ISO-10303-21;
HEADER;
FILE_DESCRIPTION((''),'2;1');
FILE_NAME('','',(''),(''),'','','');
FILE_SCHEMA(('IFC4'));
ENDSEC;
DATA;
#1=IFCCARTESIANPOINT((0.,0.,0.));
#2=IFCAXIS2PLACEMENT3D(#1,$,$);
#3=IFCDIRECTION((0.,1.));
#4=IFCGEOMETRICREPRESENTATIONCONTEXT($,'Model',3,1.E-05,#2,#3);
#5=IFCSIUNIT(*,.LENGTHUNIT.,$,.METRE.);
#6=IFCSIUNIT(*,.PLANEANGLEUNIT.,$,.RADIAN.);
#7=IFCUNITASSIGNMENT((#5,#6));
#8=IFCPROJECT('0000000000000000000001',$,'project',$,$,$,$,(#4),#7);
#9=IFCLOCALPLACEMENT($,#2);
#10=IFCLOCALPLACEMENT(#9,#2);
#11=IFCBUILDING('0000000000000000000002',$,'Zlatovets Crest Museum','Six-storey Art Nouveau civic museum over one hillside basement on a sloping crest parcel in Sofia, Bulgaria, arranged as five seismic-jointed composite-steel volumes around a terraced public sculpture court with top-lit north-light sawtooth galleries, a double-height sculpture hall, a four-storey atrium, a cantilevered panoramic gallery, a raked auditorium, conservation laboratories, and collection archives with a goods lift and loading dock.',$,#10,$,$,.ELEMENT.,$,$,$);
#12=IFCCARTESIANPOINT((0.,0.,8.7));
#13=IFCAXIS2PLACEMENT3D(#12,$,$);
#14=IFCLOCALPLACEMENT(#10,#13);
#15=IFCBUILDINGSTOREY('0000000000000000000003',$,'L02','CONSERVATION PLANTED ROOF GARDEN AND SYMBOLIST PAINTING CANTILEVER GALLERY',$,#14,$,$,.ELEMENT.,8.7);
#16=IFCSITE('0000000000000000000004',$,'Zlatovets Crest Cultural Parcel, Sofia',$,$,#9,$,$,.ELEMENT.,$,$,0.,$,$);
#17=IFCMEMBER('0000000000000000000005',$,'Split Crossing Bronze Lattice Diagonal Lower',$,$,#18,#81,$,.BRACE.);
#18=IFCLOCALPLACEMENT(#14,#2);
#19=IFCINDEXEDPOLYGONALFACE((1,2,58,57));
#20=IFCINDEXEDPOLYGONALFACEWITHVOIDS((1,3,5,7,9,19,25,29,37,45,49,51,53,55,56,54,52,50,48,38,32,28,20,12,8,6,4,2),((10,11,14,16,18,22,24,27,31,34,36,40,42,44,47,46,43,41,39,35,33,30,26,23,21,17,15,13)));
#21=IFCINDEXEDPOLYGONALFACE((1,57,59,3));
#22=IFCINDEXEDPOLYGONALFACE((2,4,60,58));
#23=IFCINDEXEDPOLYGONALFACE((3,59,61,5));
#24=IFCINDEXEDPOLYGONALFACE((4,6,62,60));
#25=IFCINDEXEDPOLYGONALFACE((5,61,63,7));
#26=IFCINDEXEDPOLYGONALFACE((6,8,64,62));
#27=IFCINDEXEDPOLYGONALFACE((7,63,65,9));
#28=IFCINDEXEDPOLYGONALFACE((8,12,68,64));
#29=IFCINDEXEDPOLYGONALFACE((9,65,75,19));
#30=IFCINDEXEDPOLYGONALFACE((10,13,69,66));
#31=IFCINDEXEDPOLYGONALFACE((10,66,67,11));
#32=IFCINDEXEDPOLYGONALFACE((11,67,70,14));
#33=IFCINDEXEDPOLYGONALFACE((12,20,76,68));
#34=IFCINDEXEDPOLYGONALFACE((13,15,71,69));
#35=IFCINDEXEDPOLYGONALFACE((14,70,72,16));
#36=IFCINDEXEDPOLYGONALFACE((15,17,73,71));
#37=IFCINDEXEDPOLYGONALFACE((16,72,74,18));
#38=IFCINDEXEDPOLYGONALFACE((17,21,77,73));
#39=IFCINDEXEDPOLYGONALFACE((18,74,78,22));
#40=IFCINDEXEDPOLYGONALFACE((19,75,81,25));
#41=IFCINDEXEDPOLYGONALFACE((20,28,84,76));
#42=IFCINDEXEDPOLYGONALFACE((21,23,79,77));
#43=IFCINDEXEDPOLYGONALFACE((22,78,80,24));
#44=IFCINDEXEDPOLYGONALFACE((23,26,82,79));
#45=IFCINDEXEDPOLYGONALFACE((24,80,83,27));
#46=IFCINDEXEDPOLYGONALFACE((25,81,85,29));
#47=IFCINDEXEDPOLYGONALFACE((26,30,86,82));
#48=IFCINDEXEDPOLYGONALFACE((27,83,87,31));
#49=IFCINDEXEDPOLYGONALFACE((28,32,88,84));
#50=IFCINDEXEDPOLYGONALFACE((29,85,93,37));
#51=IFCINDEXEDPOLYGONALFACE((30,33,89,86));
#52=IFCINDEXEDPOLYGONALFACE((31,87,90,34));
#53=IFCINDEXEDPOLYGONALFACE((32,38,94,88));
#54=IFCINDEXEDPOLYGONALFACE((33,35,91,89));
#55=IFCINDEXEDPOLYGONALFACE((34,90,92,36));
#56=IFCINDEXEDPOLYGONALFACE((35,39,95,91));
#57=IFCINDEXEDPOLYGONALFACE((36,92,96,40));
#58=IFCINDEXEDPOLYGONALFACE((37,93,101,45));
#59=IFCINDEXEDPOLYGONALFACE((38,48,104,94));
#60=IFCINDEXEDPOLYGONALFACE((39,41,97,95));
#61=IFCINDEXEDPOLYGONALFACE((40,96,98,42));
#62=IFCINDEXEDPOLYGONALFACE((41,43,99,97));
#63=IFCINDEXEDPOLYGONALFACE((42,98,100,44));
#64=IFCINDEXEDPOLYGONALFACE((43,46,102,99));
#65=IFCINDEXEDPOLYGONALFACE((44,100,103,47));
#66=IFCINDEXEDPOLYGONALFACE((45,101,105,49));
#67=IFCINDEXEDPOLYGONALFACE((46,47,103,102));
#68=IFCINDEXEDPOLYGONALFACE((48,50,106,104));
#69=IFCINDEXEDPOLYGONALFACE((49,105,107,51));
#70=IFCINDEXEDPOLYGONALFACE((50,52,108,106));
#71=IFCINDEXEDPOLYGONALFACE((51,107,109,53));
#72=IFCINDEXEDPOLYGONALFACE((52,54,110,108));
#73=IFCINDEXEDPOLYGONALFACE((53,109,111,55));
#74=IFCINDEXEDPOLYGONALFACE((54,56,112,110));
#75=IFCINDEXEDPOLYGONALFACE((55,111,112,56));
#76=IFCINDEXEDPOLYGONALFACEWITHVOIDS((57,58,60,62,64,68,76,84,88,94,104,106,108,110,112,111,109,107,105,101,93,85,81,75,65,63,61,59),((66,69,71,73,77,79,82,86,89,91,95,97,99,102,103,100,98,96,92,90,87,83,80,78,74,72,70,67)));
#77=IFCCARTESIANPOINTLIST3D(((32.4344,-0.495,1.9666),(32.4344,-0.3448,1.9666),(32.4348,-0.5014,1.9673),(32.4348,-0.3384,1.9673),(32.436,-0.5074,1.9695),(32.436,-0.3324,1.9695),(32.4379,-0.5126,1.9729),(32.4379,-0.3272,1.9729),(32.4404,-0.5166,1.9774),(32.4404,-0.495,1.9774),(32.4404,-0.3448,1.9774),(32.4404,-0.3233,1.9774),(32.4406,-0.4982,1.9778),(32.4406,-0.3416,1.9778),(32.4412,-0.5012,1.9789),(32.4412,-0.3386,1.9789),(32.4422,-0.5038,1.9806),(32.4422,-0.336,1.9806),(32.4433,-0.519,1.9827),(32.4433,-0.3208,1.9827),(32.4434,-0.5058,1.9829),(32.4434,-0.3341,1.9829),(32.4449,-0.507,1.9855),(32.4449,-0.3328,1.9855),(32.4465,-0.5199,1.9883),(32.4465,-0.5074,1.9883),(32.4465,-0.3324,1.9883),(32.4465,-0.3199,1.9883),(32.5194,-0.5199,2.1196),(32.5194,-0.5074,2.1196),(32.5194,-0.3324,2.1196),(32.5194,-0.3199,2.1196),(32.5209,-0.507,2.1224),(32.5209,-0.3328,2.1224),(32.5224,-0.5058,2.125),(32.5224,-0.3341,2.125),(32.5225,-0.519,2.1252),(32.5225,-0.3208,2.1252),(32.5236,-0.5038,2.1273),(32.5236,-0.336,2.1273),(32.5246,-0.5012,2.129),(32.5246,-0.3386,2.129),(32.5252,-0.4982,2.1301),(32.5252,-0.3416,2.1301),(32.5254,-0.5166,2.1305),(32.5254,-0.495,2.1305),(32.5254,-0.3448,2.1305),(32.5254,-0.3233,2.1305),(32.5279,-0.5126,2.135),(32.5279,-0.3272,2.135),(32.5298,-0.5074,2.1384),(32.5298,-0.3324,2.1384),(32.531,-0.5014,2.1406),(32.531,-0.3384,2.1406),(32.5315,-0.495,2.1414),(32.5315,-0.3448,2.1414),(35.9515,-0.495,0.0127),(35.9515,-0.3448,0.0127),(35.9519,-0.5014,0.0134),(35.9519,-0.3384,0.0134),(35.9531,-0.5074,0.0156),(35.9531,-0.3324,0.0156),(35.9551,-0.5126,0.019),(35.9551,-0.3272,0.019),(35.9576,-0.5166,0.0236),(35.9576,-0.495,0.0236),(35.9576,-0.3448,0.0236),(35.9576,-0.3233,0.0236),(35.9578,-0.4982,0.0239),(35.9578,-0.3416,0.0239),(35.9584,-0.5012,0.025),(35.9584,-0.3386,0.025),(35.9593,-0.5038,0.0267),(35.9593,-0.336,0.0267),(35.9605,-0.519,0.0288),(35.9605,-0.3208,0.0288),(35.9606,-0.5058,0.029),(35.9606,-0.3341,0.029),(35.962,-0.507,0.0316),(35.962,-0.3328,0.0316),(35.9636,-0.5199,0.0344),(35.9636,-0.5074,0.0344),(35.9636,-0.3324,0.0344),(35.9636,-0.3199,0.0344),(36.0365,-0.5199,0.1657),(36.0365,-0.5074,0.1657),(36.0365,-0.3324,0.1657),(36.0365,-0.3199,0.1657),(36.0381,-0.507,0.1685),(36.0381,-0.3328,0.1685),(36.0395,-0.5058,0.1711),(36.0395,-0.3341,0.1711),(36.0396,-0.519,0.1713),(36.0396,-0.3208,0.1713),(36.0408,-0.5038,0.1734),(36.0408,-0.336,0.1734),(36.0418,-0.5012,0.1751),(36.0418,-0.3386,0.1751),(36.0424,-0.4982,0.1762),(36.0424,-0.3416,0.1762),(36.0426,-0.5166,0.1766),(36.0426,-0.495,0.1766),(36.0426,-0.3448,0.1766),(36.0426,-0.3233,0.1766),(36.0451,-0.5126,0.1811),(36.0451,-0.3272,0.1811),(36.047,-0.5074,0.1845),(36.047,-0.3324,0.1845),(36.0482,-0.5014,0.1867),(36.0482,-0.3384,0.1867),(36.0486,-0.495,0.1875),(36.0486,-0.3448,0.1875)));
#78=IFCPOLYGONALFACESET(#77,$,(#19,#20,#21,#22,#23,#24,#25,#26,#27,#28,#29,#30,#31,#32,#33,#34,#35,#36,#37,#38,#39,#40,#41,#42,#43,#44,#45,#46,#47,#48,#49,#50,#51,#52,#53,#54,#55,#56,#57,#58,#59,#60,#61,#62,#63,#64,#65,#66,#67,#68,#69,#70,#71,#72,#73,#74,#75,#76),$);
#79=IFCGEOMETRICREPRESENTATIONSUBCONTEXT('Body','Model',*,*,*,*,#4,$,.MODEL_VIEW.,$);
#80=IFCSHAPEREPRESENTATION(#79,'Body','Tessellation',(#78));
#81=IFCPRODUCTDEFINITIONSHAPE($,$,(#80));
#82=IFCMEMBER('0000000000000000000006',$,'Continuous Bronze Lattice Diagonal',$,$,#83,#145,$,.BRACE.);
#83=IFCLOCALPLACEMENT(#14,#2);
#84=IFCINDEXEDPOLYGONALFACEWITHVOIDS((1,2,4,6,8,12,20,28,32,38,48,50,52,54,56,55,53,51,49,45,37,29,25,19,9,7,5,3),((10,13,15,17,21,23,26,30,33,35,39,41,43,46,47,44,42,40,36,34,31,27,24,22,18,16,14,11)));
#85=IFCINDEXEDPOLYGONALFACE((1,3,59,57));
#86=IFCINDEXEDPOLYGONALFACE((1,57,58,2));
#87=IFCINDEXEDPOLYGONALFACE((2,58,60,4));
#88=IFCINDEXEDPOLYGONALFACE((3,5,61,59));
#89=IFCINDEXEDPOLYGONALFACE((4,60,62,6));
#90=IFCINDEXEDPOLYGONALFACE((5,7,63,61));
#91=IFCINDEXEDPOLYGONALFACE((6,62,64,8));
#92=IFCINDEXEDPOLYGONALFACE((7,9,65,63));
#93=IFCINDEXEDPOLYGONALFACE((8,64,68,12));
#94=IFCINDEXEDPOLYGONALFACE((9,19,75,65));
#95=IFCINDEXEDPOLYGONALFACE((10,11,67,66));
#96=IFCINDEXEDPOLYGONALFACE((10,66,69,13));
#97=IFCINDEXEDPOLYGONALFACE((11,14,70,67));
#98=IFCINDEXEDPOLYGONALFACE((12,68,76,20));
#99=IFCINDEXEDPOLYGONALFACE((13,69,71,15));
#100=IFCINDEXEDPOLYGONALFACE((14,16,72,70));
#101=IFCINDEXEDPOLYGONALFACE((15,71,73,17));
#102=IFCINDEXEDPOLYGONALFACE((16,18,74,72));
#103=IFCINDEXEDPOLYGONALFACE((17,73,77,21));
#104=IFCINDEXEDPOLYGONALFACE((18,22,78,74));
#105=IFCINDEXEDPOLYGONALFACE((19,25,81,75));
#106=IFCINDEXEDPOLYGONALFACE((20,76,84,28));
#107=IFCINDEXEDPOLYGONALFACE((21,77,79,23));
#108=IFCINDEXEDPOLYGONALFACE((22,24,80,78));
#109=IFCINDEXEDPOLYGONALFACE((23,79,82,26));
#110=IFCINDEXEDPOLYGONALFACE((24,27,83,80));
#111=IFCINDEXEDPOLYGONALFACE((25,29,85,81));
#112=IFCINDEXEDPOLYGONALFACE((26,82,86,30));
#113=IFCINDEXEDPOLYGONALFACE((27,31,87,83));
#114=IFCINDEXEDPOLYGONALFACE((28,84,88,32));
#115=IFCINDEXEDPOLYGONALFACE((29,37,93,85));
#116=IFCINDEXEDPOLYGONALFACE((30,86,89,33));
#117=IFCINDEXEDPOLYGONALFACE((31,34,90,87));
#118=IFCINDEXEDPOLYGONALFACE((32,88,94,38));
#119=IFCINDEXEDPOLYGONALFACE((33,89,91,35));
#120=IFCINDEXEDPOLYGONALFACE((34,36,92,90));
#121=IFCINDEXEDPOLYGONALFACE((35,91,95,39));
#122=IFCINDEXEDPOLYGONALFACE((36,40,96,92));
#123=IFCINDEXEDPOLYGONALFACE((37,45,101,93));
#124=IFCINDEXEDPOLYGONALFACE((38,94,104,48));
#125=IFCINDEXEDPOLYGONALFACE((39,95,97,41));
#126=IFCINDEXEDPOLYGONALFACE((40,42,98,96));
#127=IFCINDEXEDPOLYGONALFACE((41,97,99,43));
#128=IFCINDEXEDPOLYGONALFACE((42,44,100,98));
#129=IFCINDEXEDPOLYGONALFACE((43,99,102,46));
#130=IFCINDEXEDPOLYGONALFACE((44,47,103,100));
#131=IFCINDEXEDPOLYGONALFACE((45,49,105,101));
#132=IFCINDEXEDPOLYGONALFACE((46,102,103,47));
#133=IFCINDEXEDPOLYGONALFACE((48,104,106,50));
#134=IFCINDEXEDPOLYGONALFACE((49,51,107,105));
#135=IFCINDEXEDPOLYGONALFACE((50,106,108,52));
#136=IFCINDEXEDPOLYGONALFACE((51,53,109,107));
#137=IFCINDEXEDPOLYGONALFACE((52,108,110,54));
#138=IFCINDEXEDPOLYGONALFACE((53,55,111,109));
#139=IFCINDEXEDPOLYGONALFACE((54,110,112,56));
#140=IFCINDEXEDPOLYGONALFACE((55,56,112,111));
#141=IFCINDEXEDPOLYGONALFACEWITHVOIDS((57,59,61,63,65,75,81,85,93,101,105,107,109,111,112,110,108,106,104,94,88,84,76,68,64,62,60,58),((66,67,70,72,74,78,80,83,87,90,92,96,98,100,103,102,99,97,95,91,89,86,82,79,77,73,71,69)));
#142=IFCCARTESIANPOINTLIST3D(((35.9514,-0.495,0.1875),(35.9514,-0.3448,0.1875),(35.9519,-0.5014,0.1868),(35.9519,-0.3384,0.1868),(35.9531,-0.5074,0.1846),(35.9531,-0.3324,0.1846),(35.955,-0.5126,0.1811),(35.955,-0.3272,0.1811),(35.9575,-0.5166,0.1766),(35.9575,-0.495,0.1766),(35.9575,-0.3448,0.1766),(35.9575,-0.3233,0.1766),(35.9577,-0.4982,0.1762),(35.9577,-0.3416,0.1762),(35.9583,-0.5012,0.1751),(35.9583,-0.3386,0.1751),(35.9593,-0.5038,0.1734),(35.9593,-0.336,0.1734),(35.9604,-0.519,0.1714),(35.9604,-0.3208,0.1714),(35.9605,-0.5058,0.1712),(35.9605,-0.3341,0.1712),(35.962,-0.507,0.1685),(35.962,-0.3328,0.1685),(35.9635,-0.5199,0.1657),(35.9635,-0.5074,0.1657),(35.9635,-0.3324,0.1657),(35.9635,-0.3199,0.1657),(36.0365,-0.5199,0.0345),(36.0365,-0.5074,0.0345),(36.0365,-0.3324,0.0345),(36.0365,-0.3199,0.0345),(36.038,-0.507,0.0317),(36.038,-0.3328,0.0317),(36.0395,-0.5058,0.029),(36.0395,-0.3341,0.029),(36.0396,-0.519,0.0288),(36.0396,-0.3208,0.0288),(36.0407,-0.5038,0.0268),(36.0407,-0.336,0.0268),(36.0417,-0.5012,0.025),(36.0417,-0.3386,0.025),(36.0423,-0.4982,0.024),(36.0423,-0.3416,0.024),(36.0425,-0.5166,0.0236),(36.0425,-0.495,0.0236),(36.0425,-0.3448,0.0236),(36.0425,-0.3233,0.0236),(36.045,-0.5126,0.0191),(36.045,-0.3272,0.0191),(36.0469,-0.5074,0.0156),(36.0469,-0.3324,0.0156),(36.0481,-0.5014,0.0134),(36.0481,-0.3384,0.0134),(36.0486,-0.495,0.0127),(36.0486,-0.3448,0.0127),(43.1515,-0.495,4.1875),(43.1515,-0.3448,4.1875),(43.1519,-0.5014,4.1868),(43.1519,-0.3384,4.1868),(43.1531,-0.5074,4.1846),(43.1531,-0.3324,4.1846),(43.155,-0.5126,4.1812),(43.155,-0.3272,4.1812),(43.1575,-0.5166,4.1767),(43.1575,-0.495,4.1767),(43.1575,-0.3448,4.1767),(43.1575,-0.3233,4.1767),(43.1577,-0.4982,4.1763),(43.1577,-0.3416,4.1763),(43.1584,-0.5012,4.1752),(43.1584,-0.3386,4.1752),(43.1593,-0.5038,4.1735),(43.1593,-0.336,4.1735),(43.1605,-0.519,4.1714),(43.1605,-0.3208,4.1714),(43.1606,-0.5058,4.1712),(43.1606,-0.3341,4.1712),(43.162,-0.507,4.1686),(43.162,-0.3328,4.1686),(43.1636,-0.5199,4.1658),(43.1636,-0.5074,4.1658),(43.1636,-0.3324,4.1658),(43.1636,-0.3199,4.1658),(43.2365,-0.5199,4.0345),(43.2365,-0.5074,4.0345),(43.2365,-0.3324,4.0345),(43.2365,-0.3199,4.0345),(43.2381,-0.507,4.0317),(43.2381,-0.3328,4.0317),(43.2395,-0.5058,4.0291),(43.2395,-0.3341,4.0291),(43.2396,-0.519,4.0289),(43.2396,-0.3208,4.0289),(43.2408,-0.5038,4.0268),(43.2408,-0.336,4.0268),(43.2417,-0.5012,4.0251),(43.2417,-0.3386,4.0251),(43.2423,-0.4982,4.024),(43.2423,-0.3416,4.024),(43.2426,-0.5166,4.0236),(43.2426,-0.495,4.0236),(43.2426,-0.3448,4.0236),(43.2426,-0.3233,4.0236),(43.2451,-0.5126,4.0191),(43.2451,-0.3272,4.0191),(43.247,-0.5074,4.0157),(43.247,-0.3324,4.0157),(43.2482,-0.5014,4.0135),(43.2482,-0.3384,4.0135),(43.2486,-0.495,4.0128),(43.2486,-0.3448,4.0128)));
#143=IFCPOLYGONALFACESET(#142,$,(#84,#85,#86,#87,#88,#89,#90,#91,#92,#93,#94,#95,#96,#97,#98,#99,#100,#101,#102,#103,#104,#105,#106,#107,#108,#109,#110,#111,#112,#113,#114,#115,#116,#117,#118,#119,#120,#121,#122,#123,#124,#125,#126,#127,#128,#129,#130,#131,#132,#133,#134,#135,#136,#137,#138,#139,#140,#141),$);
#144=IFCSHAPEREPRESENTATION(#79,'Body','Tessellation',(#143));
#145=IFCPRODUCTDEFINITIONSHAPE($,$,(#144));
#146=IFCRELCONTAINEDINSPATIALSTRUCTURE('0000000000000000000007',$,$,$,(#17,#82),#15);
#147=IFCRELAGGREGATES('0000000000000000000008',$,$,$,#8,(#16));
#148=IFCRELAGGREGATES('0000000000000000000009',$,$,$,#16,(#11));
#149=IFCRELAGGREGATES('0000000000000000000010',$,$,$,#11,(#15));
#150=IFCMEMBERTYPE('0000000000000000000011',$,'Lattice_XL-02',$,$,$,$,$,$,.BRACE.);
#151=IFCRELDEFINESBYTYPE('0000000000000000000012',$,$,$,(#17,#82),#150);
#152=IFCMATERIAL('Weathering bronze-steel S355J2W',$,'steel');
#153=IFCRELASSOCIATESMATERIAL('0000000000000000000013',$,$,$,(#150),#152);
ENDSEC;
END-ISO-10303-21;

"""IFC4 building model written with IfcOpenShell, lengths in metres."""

from ifc_helpers import new_model, si_unit, direction, frame, origin, origin_2d, place, context, subcontext, project, spatial, hollow_rectangle, extrude, material, material_profile, profile_set, type_object, element, save


model = new_model("IFC4")

# Units and contexts
model_context = context("Model", 3, precision=1e-05, world=origin(), true_north=direction((0.0, 1.0)))
body_context = subcontext(model_context, "Body", "Model", "MODEL_VIEW")
ifc_project = project(units=[si_unit("LENGTHUNIT", "METRE"), si_unit("PLANEANGLEUNIT", "RADIAN")], contexts=[model_context])

# Site, building, storey
site_placement = place(None, origin())
site = spatial("IfcSite", under=ifc_project, at=site_placement, Name="Zlatovets Crest Cultural Parcel, Sofia", CompositionType="ELEMENT", RefElevation=0.0)
building_placement = place(site_placement, origin())
building = spatial("IfcBuilding", under=site, at=building_placement, Name="Zlatovets Crest Museum", Description="Six-storey Art Nouveau civic museum over one hillside basement on a sloping crest parcel in Sofia, Bulgaria, arranged as five seismic-jointed composite-steel volumes around a terraced public sculpture court with top-lit north-light sawtooth galleries, a double-height sculpture hall, a four-storey atrium, a cantilevered panoramic gallery, a raked auditorium, conservation laboratories, and collection archives with a goods lift and loading dock.", CompositionType="ELEMENT")
storey_placement = place(building_placement, frame((0.0, 0.0, 8.7)))
storey = spatial("IfcBuildingStorey", under=building, at=storey_placement, Name="L02", Description="CONSERVATION PLANTED ROOF GARDEN AND SYMBOLIST PAINTING CANTILEVER GALLERY", CompositionType="ELEMENT", Elevation=8.7)

# Members
ifc_material_1 = material(Name="Weathering bronze-steel S355J2W", Category="steel")
ifc_material_profile_1 = material_profile(ifc_material_1, hollow_rectangle(XDim=0.2, YDim=0.2, WallThickness=0.0125, InnerFilletRadius=0.0125, OuterFilletRadius=0.0249, at=origin_2d()), Name="SHS 200x200x12.5")
ifc_profile_set_1 = profile_set([ifc_material_profile_1], Name="Weathering bronze-steel S355J2W")
member_type_1 = type_object("IfcMemberType", Name="Lattice_XL-02", PredefinedType="BRACE", material=ifc_profile_set_1)
member_1_placement = place(storey_placement, frame((32.4829, -0.4199, 2.054), z_axis=(0.874166, 0.0, -0.485627), x_axis=(0.0, 1.0, 0.0)))
element("IfcMember", 1, at=member_1_placement, inside=storey, type_object=member_type_1, Name="Split Crossing Bronze Lattice Diagonal Lower", PredefinedType="BRACE", context=body_context, shape_type="SweptSolid", body=[
    extrude(hollow_rectangle(XDim=0.2, YDim=0.2, WallThickness=0.0125, InnerFilletRadius=0.0125, OuterFilletRadius=0.0249, at=origin_2d()), origin(), (0.0, 0.0, 1.0), 4.0234),
])
member_2_placement = place(storey_placement, frame((36.0, -0.4199, 0.1001), z_axis=(0.874156, 0.0, 0.485645), x_axis=(0.0, 1.0, 0.0)))
element("IfcMember", 2, at=member_2_placement, inside=storey, type_object=member_type_1, Name="Continuous Bronze Lattice Diagonal", PredefinedType="BRACE", context=body_context, shape_type="SweptSolid", body=[
    extrude(hollow_rectangle(XDim=0.2, YDim=0.2, WallThickness=0.0125, InnerFilletRadius=0.0125, OuterFilletRadius=0.0249, at=origin_2d()), origin(), (0.0, 0.0, 1.0), 8.2366),
])

save(model, "model.ifc")
